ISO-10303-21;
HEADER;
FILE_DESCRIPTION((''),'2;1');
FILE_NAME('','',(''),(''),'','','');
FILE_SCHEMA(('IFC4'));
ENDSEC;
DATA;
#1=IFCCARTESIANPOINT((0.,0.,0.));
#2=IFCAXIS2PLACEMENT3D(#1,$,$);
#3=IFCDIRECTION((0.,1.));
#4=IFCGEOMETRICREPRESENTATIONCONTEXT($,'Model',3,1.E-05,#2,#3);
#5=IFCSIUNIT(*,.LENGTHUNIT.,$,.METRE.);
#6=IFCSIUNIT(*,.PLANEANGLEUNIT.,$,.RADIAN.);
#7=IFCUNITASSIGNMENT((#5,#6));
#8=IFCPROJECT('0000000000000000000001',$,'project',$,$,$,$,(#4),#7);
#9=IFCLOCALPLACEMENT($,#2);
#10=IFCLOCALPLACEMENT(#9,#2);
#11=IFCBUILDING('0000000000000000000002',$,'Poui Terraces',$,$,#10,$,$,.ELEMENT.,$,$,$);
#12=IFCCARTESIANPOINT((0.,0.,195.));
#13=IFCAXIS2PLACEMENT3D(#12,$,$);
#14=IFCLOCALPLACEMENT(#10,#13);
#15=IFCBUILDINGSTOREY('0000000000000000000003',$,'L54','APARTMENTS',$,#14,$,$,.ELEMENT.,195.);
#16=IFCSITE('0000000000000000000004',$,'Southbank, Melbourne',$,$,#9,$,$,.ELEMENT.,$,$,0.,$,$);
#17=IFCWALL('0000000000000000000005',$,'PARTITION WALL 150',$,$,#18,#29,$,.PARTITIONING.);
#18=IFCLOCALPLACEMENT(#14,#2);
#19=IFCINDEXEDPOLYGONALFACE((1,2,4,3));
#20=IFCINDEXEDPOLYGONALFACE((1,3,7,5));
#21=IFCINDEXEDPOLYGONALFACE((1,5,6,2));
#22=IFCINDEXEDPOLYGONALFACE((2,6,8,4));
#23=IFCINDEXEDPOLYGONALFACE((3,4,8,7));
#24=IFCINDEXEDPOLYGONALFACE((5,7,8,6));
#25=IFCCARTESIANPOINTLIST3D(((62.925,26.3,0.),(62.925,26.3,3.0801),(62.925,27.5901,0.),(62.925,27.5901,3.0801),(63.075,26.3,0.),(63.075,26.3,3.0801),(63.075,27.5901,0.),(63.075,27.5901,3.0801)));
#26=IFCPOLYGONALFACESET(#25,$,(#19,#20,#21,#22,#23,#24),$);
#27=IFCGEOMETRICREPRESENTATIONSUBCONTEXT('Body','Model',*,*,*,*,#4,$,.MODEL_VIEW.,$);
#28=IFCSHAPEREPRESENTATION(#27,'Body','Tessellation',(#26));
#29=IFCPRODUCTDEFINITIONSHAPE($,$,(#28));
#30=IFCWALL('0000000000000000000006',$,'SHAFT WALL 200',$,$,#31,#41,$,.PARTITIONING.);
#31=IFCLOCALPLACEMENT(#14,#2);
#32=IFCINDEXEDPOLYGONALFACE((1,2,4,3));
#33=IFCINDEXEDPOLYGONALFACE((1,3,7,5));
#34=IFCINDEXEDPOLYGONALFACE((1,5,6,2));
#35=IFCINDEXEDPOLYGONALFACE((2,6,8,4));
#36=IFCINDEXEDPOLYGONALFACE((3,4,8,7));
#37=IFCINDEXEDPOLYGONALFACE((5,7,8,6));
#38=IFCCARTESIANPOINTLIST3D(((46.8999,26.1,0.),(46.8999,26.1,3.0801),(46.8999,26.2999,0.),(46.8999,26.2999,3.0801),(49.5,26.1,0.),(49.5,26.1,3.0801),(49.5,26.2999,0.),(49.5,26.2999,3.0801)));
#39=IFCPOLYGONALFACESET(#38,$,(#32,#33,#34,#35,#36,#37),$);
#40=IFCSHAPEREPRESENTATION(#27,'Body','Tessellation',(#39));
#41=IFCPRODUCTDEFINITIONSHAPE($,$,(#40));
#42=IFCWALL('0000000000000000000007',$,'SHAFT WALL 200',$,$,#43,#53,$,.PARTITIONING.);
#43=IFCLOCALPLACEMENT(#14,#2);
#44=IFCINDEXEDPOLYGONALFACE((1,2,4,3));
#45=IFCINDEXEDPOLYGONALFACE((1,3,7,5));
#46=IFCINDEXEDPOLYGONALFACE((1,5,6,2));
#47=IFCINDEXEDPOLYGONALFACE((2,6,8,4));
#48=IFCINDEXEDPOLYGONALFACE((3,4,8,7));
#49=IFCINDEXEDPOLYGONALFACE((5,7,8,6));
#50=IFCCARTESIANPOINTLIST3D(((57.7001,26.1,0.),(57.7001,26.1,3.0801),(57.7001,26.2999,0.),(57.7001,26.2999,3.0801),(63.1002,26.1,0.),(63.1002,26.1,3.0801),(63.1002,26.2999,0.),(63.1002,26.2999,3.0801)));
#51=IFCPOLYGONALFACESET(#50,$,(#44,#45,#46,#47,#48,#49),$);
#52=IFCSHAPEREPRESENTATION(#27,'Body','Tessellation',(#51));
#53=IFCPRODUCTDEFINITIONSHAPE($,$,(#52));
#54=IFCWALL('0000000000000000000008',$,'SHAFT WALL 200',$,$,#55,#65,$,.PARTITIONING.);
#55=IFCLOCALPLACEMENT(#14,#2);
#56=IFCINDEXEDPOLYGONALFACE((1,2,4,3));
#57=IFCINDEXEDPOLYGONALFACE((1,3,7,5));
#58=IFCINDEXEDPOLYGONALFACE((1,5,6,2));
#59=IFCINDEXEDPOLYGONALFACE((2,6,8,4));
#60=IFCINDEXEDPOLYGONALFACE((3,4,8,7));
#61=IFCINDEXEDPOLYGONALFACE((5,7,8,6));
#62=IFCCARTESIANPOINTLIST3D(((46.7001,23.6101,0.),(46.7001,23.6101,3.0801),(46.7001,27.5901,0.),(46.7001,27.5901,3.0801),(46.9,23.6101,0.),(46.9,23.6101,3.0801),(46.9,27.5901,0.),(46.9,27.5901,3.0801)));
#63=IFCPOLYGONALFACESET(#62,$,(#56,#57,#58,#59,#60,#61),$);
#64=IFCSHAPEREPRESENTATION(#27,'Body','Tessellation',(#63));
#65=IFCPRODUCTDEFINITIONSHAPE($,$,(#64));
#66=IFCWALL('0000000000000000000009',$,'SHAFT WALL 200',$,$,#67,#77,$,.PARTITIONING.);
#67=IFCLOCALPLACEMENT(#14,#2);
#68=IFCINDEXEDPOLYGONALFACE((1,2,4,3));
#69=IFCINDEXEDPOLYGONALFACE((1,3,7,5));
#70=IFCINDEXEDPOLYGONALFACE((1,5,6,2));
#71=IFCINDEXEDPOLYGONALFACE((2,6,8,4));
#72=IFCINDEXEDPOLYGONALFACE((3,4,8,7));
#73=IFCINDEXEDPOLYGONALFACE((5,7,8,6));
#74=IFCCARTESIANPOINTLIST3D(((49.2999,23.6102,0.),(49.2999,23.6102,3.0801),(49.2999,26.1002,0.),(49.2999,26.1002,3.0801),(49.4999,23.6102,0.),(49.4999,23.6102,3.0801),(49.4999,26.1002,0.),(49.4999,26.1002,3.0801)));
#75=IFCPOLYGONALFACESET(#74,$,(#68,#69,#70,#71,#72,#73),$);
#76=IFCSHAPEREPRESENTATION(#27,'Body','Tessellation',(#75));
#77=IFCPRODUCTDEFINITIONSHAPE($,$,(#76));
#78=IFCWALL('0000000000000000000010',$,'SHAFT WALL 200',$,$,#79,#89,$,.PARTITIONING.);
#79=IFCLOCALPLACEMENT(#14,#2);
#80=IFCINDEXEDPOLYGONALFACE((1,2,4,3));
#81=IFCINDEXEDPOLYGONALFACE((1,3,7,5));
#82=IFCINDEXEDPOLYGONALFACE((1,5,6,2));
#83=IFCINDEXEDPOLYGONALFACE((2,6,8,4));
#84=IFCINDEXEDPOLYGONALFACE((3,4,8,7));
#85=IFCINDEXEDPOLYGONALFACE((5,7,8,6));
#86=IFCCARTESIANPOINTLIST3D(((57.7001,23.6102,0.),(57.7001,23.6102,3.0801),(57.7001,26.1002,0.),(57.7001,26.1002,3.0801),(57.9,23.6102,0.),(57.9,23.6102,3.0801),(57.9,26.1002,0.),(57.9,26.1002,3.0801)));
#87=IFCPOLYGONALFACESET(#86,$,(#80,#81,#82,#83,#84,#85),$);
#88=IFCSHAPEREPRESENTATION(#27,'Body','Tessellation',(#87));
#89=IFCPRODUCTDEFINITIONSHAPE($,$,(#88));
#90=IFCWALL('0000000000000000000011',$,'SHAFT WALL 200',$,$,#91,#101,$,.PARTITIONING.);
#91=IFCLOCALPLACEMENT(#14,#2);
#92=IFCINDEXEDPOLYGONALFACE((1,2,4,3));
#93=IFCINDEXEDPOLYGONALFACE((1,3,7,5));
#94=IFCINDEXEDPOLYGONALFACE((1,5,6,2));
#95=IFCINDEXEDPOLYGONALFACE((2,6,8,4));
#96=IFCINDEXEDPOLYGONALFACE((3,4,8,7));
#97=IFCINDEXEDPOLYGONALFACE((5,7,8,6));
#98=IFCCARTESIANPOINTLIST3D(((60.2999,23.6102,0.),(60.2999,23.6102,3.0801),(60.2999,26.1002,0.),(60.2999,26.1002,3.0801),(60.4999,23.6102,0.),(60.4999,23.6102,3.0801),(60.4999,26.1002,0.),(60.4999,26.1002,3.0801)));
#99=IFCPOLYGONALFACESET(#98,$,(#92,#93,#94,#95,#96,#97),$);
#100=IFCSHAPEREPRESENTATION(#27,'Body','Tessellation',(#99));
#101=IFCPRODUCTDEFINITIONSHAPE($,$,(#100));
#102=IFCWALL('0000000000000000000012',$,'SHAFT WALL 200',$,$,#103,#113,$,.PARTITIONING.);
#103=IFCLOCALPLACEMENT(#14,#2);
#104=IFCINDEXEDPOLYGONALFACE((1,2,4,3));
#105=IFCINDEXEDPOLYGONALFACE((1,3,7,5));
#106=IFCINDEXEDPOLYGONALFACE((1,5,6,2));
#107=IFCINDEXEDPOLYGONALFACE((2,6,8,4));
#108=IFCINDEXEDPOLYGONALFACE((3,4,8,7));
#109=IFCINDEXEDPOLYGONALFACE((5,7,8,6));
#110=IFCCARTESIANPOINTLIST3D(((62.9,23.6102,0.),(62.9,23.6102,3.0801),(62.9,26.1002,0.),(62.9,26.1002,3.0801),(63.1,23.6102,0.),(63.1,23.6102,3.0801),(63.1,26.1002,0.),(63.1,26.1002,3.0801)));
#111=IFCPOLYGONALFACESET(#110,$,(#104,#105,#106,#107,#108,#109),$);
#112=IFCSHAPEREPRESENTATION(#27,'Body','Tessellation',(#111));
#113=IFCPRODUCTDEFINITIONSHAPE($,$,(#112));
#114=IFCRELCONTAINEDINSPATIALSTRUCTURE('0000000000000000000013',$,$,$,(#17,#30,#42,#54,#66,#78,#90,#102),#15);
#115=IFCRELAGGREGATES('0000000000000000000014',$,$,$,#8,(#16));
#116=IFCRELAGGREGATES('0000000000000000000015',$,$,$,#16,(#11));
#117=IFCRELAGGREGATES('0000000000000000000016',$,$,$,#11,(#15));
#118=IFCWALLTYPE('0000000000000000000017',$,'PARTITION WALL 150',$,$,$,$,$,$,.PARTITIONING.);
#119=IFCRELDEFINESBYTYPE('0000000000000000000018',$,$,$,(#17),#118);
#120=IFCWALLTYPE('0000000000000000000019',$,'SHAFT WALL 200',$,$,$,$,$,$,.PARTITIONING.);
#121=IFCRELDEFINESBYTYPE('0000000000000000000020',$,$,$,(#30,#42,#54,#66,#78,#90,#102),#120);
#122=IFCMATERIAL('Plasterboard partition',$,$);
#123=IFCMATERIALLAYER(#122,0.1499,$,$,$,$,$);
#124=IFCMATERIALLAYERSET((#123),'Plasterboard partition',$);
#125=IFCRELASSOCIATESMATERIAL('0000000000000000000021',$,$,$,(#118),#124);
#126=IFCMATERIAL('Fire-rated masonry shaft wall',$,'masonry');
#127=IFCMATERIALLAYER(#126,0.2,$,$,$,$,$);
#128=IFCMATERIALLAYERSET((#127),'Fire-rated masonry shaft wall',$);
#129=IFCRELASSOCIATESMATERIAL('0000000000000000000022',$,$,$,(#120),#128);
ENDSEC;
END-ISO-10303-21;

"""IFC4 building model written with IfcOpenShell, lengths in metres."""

from ifc_helpers import new_model, si_unit, direction, frame, frame_2d, origin, place, context, subcontext, project, spatial, rectangle, extrude, material, layer, layer_set, type_object, element, save


model = new_model("IFC4")

# Units and contexts
model_context = context("Model", 3, precision=1e-05, world=origin(), true_north=direction((0.0, 1.0)))
body_context = subcontext(model_context, "Body", "Model", "MODEL_VIEW")
ifc_project = project(units=[si_unit("LENGTHUNIT", "METRE"), si_unit("PLANEANGLEUNIT", "RADIAN")], contexts=[model_context])

# Site, building, storey
site_placement = place(None, origin())
site = spatial("IfcSite", under=ifc_project, at=site_placement, Name="Southbank, Melbourne", CompositionType="ELEMENT", RefElevation=0.0)
building_placement = place(site_placement, origin())
building = spatial("IfcBuilding", under=site, at=building_placement, Name="Poui Terraces", CompositionType="ELEMENT")
storey_placement = place(building_placement, frame((0.0, 0.0, 195.0)))
storey = spatial("IfcBuildingStorey", under=building, at=storey_placement, Name="L54", Description="APARTMENTS", CompositionType="ELEMENT", Elevation=195.0)

# Walls
ifc_material_1 = material(Name="Plasterboard partition")
ifc_layer_1 = layer(ifc_material_1, 0.1499)
ifc_layer_set_1 = layer_set([ifc_layer_1], Name="Plasterboard partition")
wall_type_1 = type_object("IfcWallType", Name="PARTITION WALL 150", PredefinedType="PARTITIONING", material=ifc_layer_set_1)
for number, where, z_axis, x_axis, name in (
    (1, (63.0, 26.3, 0.0), (0.0, 0.0, 1.0), (0.0, 1.0, 0.0), "PARTITION WALL 150"),
):
    element("IfcWall", number, at=place(storey_placement, frame(where, z_axis=z_axis, x_axis=x_axis)), inside=storey, type_object=wall_type_1, Name=name, PredefinedType="PARTITIONING", context=body_context, shape_type="SweptSolid", body=[
        extrude(rectangle(XDim=1.29, YDim=0.1499, at=frame_2d((0.645, 0.0))), origin(), (0.0, 0.0, 1.0), 3.0801),
    ])
ifc_material_2 = material(Name="Fire-rated masonry shaft wall", Category="masonry")
ifc_layer_2 = layer(ifc_material_2, 0.2)
ifc_layer_set_2 = layer_set([ifc_layer_2], Name="Fire-rated masonry shaft wall")
wall_type_2 = type_object("IfcWallType", Name="SHAFT WALL 200", PredefinedType="PARTITIONING", material=ifc_layer_set_2)
wall_1_placement = place(storey_placement, frame((46.8999, 26.2, 0.0), z_axis=(0.0, 0.0, 1.0), x_axis=(1.0, 0.0, 0.0)))
element("IfcWall", 2, at=wall_1_placement, inside=storey, type_object=wall_type_2, Name="SHAFT WALL 200", PredefinedType="PARTITIONING", context=body_context, shape_type="SweptSolid", body=[
    extrude(rectangle(XDim=2.6001, YDim=0.2, at=frame_2d((1.3, 0.0))), origin(), (0.0, 0.0, 1.0), 3.0801),
])
wall_2_placement = place(storey_placement, frame((57.7, 26.2, 0.0), z_axis=(0.0, 0.0, 1.0), x_axis=(1.0, 0.0, 0.0)))
element("IfcWall", 3, at=wall_2_placement, inside=storey, type_object=wall_type_2, Name="SHAFT WALL 200", PredefinedType="PARTITIONING", context=body_context, shape_type="SweptSolid", body=[
    extrude(rectangle(XDim=5.4001, YDim=0.2, at=frame_2d((2.7002, 0.0))), origin(), (0.0, 0.0, 1.0), 3.0801),
])
wall_3_placement = place(storey_placement, frame((46.8, 23.6101, 0.0), z_axis=(0.0, 0.0, 1.0), x_axis=(0.0, 1.0, 0.0)))
element("IfcWall", 4, at=wall_3_placement, inside=storey, type_object=wall_type_2, Name="SHAFT WALL 200", PredefinedType="PARTITIONING", context=body_context, shape_type="SweptSolid", body=[
    extrude(rectangle(XDim=3.98, YDim=0.2, at=frame_2d((1.99, 0.0))), origin(), (0.0, 0.0, 1.0), 3.0801),
])
for number, where, z_axis, x_axis, name in (
    (5, (49.3999, 23.6101, 0.0), (0.0, 0.0, 1.0), (0.0, 1.0, 0.0), "SHAFT WALL 200"),
    (6, (57.8, 23.6101, 0.0), (0.0, 0.0, 1.0), (0.0, 1.0, 0.0), "SHAFT WALL 200"),
    (7, (60.3999, 23.6101, 0.0), (0.0, 0.0, 1.0), (0.0, 1.0, 0.0), "SHAFT WALL 200"),
    (8, (63.0, 23.6101, 0.0), (0.0, 0.0, 1.0), (0.0, 1.0, 0.0), "SHAFT WALL 200"),
):
    element("IfcWall", number, at=place(storey_placement, frame(where, z_axis=z_axis, x_axis=x_axis)), inside=storey, type_object=wall_type_2, Name=name, PredefinedType="PARTITIONING", context=body_context, shape_type="SweptSolid", body=[
        extrude(rectangle(XDim=2.49, YDim=0.2, at=frame_2d((1.2451, 0.0))), origin(), (0.0, 0.0, 1.0), 3.0801),
    ])

save(model, "model.ifc")
